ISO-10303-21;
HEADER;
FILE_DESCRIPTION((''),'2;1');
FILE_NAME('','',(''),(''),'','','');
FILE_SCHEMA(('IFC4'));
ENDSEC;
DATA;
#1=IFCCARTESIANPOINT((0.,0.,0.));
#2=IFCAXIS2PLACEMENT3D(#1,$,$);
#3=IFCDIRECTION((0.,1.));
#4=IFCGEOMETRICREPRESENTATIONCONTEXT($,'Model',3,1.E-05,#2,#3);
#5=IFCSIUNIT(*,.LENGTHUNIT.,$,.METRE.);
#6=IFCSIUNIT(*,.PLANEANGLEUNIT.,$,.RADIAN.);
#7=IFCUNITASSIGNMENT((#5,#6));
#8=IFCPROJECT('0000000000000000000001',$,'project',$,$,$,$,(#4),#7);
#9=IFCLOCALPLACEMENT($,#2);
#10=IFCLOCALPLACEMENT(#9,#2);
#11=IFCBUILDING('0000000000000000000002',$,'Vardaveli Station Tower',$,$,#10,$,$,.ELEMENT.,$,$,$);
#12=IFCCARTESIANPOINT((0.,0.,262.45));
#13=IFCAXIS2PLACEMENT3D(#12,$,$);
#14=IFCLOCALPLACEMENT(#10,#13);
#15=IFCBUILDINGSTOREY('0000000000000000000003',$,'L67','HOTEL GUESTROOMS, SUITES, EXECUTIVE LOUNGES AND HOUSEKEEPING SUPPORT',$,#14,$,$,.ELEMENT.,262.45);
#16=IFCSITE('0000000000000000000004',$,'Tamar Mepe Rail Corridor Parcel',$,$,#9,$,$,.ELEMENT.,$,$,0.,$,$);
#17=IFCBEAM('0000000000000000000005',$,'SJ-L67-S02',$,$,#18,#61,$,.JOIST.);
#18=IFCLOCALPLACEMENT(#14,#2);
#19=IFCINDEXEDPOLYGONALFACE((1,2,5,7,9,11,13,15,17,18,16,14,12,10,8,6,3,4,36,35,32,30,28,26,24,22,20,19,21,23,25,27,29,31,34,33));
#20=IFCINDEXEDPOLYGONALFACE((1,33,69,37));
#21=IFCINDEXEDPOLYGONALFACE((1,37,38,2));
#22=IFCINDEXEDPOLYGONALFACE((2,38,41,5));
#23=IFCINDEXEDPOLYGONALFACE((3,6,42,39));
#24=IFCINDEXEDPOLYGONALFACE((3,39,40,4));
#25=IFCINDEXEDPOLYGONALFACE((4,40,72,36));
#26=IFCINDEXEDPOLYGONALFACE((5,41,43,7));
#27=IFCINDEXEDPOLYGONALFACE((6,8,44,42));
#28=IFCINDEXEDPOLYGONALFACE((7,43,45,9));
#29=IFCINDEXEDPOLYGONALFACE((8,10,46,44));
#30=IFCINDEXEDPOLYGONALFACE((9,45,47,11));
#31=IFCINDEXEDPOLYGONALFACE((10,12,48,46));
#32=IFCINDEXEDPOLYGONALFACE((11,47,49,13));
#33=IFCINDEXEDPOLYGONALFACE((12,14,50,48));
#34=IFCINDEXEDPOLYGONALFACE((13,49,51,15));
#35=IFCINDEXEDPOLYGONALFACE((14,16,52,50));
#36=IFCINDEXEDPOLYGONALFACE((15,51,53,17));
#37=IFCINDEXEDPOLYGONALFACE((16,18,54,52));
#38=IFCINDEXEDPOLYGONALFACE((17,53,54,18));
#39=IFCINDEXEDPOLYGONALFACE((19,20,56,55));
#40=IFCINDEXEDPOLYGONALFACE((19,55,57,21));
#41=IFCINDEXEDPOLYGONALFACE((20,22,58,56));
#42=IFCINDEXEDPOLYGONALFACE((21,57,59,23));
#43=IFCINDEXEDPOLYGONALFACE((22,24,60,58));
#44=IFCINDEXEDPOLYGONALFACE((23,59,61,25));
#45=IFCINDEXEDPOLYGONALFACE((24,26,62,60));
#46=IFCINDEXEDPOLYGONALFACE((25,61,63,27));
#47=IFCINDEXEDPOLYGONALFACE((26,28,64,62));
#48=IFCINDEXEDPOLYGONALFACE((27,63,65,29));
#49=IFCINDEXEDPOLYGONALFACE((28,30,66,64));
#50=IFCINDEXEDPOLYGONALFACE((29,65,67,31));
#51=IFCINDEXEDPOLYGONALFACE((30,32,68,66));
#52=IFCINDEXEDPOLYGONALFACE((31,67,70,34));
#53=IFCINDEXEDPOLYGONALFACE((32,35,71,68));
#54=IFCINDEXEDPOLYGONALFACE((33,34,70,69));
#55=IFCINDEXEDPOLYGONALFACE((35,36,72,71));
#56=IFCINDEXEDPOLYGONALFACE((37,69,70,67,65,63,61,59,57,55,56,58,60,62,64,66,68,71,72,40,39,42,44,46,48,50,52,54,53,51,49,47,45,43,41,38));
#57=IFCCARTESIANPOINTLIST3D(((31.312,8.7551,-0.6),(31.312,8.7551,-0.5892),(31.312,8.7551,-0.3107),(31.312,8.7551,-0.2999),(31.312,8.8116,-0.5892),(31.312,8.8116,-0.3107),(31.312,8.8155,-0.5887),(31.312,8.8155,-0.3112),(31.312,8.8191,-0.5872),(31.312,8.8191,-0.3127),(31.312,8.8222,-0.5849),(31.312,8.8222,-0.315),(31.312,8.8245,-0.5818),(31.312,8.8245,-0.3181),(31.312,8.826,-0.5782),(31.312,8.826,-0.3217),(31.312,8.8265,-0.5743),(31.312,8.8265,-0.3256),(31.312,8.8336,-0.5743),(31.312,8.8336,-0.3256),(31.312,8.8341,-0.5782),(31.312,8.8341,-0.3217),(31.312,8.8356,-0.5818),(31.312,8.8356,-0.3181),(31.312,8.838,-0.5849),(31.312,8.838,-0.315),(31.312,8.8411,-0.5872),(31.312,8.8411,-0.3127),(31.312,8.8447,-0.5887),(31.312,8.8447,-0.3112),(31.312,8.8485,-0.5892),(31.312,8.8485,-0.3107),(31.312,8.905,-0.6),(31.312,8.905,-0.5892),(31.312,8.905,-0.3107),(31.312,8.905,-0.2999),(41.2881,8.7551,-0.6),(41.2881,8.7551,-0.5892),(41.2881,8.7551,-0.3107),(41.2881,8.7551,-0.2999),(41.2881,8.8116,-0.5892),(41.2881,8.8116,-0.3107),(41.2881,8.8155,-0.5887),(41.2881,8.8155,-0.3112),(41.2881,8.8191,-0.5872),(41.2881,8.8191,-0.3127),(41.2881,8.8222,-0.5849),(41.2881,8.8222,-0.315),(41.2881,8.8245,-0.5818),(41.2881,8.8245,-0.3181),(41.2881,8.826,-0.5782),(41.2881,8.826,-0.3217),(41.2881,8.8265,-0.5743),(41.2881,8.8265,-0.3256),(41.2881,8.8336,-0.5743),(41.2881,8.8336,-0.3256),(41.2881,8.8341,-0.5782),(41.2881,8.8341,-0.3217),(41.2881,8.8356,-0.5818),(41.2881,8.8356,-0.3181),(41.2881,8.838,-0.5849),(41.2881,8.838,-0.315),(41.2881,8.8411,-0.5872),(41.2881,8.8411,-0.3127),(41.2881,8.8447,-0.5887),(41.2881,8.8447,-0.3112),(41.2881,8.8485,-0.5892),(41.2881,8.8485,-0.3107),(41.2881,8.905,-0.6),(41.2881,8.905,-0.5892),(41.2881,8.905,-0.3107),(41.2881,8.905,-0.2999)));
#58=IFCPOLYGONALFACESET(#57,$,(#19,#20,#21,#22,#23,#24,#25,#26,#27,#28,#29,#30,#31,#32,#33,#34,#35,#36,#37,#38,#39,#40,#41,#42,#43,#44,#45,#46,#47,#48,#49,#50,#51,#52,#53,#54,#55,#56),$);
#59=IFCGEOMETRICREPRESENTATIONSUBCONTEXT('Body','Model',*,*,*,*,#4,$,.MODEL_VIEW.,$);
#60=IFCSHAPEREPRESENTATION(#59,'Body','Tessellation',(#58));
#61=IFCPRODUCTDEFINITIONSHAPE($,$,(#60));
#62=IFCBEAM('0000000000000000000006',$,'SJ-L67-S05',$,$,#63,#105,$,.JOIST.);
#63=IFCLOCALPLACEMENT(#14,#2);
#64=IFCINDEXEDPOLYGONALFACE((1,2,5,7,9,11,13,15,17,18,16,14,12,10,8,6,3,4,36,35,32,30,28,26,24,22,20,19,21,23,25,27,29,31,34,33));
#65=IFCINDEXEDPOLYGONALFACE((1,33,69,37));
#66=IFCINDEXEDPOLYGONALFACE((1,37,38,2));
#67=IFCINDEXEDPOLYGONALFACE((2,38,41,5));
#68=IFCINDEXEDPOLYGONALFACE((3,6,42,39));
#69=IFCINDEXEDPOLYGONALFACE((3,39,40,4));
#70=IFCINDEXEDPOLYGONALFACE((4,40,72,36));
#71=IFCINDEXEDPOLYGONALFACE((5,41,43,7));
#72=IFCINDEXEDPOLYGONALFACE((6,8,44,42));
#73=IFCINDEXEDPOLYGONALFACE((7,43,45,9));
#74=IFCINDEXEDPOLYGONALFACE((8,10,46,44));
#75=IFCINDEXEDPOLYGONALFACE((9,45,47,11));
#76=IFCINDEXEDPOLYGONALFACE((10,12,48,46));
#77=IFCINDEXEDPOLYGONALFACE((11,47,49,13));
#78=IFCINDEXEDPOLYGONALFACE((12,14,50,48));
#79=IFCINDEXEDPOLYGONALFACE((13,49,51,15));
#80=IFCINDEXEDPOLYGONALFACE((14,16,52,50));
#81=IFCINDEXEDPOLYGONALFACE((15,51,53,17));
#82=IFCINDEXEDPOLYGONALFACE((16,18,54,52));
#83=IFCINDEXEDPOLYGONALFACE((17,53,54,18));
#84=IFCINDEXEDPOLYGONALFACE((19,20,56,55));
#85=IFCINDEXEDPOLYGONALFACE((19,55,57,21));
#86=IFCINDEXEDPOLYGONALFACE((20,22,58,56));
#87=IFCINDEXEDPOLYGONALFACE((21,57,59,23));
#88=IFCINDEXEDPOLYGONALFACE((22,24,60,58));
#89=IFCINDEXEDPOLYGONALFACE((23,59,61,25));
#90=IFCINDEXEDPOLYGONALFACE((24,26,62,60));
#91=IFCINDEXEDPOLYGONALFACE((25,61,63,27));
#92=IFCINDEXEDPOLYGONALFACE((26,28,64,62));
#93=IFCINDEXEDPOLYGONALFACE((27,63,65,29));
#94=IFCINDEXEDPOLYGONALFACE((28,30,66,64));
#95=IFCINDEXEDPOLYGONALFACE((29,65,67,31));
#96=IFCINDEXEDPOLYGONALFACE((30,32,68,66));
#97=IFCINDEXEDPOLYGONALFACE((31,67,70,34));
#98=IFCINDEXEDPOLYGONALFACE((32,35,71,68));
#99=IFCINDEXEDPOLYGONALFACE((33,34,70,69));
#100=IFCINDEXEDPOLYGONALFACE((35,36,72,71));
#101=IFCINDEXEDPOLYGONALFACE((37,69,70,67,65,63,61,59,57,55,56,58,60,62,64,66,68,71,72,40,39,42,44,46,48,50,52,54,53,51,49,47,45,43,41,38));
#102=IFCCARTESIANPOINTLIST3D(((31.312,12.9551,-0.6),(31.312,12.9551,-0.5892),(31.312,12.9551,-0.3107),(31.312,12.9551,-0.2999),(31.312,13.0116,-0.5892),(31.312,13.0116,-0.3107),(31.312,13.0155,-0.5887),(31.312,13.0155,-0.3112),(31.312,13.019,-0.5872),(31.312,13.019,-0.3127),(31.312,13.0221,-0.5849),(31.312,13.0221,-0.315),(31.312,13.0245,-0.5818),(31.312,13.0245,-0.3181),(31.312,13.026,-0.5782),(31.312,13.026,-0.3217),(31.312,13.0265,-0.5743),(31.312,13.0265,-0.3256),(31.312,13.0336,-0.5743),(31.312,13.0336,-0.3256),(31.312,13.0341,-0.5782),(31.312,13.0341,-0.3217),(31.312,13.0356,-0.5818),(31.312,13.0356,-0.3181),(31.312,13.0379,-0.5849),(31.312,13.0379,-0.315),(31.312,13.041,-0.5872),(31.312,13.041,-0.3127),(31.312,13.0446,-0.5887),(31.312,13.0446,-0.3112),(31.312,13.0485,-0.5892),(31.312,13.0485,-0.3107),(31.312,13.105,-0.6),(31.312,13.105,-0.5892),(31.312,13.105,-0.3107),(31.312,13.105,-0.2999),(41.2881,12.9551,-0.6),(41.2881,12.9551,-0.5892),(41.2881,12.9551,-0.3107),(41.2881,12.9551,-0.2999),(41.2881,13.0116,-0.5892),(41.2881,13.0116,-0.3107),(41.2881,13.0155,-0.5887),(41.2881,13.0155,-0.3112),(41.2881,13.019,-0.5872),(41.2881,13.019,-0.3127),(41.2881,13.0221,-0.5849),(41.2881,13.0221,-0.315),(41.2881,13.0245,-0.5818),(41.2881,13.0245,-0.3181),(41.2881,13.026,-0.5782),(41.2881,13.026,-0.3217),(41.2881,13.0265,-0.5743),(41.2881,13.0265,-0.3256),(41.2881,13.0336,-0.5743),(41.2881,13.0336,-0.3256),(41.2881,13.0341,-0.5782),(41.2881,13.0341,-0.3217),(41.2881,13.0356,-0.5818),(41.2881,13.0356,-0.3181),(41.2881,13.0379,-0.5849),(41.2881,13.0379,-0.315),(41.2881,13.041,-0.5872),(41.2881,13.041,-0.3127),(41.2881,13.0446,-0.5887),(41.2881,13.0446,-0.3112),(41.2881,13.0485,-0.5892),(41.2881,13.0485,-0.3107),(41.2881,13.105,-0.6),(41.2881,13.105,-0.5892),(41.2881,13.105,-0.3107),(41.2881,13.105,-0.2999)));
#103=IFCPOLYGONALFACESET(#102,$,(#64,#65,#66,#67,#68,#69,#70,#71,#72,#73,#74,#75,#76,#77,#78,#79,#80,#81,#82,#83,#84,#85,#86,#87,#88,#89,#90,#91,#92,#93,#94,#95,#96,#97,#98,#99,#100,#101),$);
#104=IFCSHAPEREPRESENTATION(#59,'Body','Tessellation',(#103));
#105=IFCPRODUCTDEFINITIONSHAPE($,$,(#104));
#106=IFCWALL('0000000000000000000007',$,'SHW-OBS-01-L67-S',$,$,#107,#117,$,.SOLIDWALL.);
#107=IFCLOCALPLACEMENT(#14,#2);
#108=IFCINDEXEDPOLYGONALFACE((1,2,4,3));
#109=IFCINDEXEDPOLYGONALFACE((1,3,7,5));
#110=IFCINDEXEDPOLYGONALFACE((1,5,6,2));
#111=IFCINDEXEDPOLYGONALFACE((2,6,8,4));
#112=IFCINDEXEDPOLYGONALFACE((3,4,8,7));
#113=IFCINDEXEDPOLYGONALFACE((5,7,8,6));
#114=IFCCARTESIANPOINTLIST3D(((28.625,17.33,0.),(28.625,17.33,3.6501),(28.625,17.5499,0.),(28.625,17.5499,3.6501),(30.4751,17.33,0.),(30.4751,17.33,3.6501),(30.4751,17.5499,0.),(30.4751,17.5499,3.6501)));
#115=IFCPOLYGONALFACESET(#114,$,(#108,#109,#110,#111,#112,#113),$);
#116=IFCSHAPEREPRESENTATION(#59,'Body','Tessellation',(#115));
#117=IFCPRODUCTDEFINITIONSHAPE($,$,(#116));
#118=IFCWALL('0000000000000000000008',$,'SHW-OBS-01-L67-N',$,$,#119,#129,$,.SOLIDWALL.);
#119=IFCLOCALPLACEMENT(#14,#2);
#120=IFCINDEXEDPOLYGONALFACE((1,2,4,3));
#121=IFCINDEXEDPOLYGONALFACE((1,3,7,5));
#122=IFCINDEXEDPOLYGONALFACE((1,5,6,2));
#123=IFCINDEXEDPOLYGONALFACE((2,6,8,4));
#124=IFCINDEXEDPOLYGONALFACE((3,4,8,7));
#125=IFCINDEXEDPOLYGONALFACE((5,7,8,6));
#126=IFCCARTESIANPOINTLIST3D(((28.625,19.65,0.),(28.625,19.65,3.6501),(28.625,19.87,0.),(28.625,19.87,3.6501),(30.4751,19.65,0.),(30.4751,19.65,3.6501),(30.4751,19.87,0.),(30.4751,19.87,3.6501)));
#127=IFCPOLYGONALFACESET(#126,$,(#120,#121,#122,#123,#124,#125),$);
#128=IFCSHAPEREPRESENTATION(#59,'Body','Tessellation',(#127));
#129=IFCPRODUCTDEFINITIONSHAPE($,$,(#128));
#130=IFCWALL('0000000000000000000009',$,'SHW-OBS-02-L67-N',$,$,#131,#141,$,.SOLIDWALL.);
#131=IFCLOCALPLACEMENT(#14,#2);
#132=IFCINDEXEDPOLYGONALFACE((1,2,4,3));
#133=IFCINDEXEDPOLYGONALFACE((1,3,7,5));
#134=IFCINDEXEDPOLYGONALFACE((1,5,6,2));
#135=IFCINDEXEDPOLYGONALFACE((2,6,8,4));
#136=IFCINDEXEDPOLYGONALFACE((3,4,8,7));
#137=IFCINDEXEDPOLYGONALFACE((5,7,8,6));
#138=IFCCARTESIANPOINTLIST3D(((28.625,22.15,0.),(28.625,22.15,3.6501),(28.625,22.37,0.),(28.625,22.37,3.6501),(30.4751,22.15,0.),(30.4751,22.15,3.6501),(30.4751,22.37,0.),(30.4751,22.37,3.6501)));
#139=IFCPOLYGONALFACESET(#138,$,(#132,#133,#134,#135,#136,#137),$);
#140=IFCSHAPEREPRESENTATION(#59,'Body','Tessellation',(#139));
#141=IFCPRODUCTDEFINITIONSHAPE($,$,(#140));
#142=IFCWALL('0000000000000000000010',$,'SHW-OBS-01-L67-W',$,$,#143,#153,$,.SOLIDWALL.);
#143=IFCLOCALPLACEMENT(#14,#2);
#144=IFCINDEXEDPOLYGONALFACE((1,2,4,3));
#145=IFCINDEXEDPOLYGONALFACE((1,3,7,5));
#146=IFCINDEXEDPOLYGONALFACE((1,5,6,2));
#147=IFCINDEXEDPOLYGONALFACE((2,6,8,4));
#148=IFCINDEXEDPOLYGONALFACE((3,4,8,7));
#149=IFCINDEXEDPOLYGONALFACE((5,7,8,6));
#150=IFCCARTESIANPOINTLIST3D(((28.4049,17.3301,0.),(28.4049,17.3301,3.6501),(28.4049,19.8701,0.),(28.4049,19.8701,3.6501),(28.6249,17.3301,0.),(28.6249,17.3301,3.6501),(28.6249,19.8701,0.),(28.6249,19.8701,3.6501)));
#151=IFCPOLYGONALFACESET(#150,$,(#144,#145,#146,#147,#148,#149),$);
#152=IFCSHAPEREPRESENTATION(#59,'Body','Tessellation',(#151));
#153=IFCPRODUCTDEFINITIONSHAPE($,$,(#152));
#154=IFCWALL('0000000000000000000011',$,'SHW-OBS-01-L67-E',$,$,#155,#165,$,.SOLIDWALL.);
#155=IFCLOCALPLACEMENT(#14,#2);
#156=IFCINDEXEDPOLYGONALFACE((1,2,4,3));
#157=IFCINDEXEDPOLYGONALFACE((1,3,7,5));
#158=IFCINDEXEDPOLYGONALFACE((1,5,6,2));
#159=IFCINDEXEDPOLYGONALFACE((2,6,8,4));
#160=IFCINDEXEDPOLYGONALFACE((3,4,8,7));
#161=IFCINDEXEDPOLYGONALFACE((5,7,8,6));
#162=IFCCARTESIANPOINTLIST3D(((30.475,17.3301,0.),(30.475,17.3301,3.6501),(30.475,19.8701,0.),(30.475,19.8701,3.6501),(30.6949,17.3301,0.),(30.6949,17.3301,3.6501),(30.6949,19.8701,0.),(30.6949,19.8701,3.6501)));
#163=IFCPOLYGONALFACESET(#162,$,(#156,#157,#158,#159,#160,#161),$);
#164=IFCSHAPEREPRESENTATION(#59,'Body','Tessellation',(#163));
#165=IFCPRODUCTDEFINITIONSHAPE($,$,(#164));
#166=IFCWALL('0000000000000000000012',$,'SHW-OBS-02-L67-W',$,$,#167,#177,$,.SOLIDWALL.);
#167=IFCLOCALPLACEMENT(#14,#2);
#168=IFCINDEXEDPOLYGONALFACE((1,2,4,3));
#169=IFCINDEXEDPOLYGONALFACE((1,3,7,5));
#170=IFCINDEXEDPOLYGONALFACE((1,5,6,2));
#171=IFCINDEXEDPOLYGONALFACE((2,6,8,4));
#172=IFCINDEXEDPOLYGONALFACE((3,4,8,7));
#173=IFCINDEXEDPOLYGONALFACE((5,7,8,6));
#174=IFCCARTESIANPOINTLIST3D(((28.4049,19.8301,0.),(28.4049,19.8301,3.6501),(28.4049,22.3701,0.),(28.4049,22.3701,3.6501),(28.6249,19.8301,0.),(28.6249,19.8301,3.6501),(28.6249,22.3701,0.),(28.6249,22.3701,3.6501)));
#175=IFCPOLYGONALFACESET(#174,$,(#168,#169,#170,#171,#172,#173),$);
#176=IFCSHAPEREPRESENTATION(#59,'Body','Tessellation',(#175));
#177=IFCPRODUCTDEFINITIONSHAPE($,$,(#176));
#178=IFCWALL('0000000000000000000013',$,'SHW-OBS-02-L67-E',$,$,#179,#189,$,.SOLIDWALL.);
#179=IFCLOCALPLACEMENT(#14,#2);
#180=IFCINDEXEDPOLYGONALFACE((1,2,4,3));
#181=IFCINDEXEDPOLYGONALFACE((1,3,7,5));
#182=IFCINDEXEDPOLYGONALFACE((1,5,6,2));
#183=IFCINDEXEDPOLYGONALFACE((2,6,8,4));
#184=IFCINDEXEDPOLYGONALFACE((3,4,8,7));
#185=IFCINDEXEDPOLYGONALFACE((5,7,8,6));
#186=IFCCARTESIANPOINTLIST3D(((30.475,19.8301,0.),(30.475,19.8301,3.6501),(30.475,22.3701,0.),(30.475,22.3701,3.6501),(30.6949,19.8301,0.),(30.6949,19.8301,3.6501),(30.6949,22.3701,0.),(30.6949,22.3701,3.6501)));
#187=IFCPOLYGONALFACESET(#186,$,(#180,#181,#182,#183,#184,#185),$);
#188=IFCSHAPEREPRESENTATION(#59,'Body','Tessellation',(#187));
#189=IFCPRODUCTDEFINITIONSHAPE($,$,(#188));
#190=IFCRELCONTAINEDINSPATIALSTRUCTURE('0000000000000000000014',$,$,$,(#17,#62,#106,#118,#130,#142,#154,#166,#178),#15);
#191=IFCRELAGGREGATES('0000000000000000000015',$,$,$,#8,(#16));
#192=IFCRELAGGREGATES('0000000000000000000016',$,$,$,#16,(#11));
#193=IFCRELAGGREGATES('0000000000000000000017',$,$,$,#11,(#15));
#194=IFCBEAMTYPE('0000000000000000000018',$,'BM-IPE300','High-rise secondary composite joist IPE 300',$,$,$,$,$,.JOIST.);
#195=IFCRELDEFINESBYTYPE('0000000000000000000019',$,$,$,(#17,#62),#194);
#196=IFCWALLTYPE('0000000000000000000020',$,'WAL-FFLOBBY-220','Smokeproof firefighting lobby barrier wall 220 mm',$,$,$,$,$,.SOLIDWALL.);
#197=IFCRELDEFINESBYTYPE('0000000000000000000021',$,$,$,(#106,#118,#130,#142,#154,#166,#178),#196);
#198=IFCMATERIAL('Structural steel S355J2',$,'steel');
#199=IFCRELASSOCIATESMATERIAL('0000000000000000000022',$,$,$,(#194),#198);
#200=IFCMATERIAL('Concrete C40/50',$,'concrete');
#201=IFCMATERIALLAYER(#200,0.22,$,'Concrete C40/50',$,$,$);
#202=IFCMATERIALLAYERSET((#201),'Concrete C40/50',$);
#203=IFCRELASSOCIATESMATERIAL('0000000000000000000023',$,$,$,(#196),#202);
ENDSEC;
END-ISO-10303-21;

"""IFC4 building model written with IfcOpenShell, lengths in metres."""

from ifc_helpers import new_model, si_unit, direction, frame, frame_2d, origin, origin_2d, place, context, subcontext, project, spatial, rectangle, i_section, extrude, source, transform, mapped, material, layer, layer_set, material_profile, profile_set, type_object, element, save


model = new_model("IFC4")

# Units and contexts
model_context = context("Model", 3, precision=1e-05, world=origin(), true_north=direction((0.0, 1.0)))
body_context = subcontext(model_context, "Body", "Model", "MODEL_VIEW")
ifc_project = project(units=[si_unit("LENGTHUNIT", "METRE"), si_unit("PLANEANGLEUNIT", "RADIAN")], contexts=[model_context])

# Site, building, storey
site_placement = place(None, origin())
site = spatial("IfcSite", under=ifc_project, at=site_placement, Name="Tamar Mepe Rail Corridor Parcel", CompositionType="ELEMENT", RefElevation=0.0)
building_placement = place(site_placement, origin())
building = spatial("IfcBuilding", under=site, at=building_placement, Name="Vardaveli Station Tower", CompositionType="ELEMENT")
storey_placement = place(building_placement, frame((0.0, 0.0, 262.45)))
storey = spatial("IfcBuildingStorey", under=building, at=storey_placement, Name="L67", Description="HOTEL GUESTROOMS, SUITES, EXECUTIVE LOUNGES AND HOUSEKEEPING SUPPORT", CompositionType="ELEMENT", Elevation=262.45)

# Beams
ifc_material_1 = material(Name="Structural steel S355J2", Category="steel")
ifc_material_profile_1 = material_profile(ifc_material_1, i_section(OverallWidth=0.1499, OverallDepth=0.3, WebThickness=0.0071, FlangeThickness=0.0107, FilletRadius=0.0149, at=origin_2d()), Name="IPE 300")
ifc_profile_set_1 = profile_set([ifc_material_profile_1], Name="Structural steel S355J2")
beam_type_1 = type_object("IfcBeamType", Name="BM-IPE300", Description="High-rise secondary composite joist IPE 300", PredefinedType="JOIST", material=ifc_profile_set_1)
shared_shape_1 = source(origin(), body_context, "Body", "SweptSolid", [
    extrude(i_section(OverallWidth=0.1499, OverallDepth=0.3, WebThickness=0.0071, FlangeThickness=0.0107, FilletRadius=0.0149, at=origin_2d()), origin(), (0.0, 0.0, 1.0), 9.9761),
])
for number, where, z_axis, x_axis, name in (
    (1, (31.312, 8.8301, -0.45), (1.0, 0.0, 0.0), (0.0, 1.0, 0.0), "SJ-L67-S02"),
    (2, (31.312, 13.03, -0.45), (1.0, 0.0, 0.0), (0.0, 1.0, 0.0), "SJ-L67-S05"),
):
    element("IfcBeam", number, at=place(storey_placement, frame(where, z_axis=z_axis, x_axis=x_axis)), inside=storey, type_object=beam_type_1, Name=name, PredefinedType="JOIST", context=body_context, shape_type="MappedRepresentation", body=[
        mapped(shared_shape_1, transform((0.0, 0.0, 0.0), scale=1.0)),
    ])

# Walls
ifc_material_2 = material(Name="Concrete C40/50", Category="concrete")
ifc_layer_1 = layer(ifc_material_2, 0.22, Name="Concrete C40/50")
ifc_layer_set_1 = layer_set([ifc_layer_1], Name="Concrete C40/50")
wall_type_1 = type_object("IfcWallType", Name="WAL-FFLOBBY-220", Description="Smokeproof firefighting lobby barrier wall 220 mm", PredefinedType="SOLIDWALL", material=ifc_layer_set_1)
shared_shape_2 = source(origin(), body_context, "Body", "SweptSolid", [
    extrude(rectangle(XDim=1.8501, YDim=0.22, at=frame_2d((0.925, 0.0))), origin(), (0.0, 0.0, 1.0), 3.6501),
])
for number, where, z_axis, x_axis, name in (
    (3, (28.625, 17.4399, 0.0), (0.0, 0.0, 1.0), (1.0, 0.0, 0.0), "SHW-OBS-01-L67-S"),
    (4, (28.625, 19.76, 0.0), (0.0, 0.0, 1.0), (1.0, 0.0, 0.0), "SHW-OBS-01-L67-N"),
    (5, (28.625, 22.26, 0.0), (0.0, 0.0, 1.0), (1.0, 0.0, 0.0), "SHW-OBS-02-L67-N"),
):
    element("IfcWall", number, at=place(storey_placement, frame(where, z_axis=z_axis, x_axis=x_axis)), inside=storey, type_object=wall_type_1, Name=name, PredefinedType="SOLIDWALL", context=body_context, shape_type="MappedRepresentation", body=[
        mapped(shared_shape_2, transform((0.0, 0.0, 0.0), scale=1.0)),
    ])
shared_shape_3 = source(origin(), body_context, "Body", "SweptSolid", [
    extrude(rectangle(XDim=2.54, YDim=0.22, at=frame_2d((1.27, 0.0))), origin(), (0.0, 0.0, 1.0), 3.6501),
])
for number, where, z_axis, x_axis, name in (
    (6, (28.5149, 17.3301, 0.0), (0.0, 0.0, 1.0), (0.0, 1.0, 0.0), "SHW-OBS-01-L67-W"),
    (7, (30.585, 17.3301, 0.0), (0.0, 0.0, 1.0), (0.0, 1.0, 0.0), "SHW-OBS-01-L67-E"),
    (8, (28.5149, 19.8301, 0.0), (0.0, 0.0, 1.0), (0.0, 1.0, 0.0), "SHW-OBS-02-L67-W"),
    (9, (30.585, 19.8301, 0.0), (0.0, 0.0, 1.0), (0.0, 1.0, 0.0), "SHW-OBS-02-L67-E"),
):
    element("IfcWall", number, at=place(storey_placement, frame(where, z_axis=z_axis, x_axis=x_axis)), inside=storey, type_object=wall_type_1, Name=name, PredefinedType="SOLIDWALL", context=body_context, shape_type="MappedRepresentation", body=[
        mapped(shared_shape_3, transform((0.0, 0.0, 0.0), scale=1.0)),
    ])

save(model, "model.ifc")
